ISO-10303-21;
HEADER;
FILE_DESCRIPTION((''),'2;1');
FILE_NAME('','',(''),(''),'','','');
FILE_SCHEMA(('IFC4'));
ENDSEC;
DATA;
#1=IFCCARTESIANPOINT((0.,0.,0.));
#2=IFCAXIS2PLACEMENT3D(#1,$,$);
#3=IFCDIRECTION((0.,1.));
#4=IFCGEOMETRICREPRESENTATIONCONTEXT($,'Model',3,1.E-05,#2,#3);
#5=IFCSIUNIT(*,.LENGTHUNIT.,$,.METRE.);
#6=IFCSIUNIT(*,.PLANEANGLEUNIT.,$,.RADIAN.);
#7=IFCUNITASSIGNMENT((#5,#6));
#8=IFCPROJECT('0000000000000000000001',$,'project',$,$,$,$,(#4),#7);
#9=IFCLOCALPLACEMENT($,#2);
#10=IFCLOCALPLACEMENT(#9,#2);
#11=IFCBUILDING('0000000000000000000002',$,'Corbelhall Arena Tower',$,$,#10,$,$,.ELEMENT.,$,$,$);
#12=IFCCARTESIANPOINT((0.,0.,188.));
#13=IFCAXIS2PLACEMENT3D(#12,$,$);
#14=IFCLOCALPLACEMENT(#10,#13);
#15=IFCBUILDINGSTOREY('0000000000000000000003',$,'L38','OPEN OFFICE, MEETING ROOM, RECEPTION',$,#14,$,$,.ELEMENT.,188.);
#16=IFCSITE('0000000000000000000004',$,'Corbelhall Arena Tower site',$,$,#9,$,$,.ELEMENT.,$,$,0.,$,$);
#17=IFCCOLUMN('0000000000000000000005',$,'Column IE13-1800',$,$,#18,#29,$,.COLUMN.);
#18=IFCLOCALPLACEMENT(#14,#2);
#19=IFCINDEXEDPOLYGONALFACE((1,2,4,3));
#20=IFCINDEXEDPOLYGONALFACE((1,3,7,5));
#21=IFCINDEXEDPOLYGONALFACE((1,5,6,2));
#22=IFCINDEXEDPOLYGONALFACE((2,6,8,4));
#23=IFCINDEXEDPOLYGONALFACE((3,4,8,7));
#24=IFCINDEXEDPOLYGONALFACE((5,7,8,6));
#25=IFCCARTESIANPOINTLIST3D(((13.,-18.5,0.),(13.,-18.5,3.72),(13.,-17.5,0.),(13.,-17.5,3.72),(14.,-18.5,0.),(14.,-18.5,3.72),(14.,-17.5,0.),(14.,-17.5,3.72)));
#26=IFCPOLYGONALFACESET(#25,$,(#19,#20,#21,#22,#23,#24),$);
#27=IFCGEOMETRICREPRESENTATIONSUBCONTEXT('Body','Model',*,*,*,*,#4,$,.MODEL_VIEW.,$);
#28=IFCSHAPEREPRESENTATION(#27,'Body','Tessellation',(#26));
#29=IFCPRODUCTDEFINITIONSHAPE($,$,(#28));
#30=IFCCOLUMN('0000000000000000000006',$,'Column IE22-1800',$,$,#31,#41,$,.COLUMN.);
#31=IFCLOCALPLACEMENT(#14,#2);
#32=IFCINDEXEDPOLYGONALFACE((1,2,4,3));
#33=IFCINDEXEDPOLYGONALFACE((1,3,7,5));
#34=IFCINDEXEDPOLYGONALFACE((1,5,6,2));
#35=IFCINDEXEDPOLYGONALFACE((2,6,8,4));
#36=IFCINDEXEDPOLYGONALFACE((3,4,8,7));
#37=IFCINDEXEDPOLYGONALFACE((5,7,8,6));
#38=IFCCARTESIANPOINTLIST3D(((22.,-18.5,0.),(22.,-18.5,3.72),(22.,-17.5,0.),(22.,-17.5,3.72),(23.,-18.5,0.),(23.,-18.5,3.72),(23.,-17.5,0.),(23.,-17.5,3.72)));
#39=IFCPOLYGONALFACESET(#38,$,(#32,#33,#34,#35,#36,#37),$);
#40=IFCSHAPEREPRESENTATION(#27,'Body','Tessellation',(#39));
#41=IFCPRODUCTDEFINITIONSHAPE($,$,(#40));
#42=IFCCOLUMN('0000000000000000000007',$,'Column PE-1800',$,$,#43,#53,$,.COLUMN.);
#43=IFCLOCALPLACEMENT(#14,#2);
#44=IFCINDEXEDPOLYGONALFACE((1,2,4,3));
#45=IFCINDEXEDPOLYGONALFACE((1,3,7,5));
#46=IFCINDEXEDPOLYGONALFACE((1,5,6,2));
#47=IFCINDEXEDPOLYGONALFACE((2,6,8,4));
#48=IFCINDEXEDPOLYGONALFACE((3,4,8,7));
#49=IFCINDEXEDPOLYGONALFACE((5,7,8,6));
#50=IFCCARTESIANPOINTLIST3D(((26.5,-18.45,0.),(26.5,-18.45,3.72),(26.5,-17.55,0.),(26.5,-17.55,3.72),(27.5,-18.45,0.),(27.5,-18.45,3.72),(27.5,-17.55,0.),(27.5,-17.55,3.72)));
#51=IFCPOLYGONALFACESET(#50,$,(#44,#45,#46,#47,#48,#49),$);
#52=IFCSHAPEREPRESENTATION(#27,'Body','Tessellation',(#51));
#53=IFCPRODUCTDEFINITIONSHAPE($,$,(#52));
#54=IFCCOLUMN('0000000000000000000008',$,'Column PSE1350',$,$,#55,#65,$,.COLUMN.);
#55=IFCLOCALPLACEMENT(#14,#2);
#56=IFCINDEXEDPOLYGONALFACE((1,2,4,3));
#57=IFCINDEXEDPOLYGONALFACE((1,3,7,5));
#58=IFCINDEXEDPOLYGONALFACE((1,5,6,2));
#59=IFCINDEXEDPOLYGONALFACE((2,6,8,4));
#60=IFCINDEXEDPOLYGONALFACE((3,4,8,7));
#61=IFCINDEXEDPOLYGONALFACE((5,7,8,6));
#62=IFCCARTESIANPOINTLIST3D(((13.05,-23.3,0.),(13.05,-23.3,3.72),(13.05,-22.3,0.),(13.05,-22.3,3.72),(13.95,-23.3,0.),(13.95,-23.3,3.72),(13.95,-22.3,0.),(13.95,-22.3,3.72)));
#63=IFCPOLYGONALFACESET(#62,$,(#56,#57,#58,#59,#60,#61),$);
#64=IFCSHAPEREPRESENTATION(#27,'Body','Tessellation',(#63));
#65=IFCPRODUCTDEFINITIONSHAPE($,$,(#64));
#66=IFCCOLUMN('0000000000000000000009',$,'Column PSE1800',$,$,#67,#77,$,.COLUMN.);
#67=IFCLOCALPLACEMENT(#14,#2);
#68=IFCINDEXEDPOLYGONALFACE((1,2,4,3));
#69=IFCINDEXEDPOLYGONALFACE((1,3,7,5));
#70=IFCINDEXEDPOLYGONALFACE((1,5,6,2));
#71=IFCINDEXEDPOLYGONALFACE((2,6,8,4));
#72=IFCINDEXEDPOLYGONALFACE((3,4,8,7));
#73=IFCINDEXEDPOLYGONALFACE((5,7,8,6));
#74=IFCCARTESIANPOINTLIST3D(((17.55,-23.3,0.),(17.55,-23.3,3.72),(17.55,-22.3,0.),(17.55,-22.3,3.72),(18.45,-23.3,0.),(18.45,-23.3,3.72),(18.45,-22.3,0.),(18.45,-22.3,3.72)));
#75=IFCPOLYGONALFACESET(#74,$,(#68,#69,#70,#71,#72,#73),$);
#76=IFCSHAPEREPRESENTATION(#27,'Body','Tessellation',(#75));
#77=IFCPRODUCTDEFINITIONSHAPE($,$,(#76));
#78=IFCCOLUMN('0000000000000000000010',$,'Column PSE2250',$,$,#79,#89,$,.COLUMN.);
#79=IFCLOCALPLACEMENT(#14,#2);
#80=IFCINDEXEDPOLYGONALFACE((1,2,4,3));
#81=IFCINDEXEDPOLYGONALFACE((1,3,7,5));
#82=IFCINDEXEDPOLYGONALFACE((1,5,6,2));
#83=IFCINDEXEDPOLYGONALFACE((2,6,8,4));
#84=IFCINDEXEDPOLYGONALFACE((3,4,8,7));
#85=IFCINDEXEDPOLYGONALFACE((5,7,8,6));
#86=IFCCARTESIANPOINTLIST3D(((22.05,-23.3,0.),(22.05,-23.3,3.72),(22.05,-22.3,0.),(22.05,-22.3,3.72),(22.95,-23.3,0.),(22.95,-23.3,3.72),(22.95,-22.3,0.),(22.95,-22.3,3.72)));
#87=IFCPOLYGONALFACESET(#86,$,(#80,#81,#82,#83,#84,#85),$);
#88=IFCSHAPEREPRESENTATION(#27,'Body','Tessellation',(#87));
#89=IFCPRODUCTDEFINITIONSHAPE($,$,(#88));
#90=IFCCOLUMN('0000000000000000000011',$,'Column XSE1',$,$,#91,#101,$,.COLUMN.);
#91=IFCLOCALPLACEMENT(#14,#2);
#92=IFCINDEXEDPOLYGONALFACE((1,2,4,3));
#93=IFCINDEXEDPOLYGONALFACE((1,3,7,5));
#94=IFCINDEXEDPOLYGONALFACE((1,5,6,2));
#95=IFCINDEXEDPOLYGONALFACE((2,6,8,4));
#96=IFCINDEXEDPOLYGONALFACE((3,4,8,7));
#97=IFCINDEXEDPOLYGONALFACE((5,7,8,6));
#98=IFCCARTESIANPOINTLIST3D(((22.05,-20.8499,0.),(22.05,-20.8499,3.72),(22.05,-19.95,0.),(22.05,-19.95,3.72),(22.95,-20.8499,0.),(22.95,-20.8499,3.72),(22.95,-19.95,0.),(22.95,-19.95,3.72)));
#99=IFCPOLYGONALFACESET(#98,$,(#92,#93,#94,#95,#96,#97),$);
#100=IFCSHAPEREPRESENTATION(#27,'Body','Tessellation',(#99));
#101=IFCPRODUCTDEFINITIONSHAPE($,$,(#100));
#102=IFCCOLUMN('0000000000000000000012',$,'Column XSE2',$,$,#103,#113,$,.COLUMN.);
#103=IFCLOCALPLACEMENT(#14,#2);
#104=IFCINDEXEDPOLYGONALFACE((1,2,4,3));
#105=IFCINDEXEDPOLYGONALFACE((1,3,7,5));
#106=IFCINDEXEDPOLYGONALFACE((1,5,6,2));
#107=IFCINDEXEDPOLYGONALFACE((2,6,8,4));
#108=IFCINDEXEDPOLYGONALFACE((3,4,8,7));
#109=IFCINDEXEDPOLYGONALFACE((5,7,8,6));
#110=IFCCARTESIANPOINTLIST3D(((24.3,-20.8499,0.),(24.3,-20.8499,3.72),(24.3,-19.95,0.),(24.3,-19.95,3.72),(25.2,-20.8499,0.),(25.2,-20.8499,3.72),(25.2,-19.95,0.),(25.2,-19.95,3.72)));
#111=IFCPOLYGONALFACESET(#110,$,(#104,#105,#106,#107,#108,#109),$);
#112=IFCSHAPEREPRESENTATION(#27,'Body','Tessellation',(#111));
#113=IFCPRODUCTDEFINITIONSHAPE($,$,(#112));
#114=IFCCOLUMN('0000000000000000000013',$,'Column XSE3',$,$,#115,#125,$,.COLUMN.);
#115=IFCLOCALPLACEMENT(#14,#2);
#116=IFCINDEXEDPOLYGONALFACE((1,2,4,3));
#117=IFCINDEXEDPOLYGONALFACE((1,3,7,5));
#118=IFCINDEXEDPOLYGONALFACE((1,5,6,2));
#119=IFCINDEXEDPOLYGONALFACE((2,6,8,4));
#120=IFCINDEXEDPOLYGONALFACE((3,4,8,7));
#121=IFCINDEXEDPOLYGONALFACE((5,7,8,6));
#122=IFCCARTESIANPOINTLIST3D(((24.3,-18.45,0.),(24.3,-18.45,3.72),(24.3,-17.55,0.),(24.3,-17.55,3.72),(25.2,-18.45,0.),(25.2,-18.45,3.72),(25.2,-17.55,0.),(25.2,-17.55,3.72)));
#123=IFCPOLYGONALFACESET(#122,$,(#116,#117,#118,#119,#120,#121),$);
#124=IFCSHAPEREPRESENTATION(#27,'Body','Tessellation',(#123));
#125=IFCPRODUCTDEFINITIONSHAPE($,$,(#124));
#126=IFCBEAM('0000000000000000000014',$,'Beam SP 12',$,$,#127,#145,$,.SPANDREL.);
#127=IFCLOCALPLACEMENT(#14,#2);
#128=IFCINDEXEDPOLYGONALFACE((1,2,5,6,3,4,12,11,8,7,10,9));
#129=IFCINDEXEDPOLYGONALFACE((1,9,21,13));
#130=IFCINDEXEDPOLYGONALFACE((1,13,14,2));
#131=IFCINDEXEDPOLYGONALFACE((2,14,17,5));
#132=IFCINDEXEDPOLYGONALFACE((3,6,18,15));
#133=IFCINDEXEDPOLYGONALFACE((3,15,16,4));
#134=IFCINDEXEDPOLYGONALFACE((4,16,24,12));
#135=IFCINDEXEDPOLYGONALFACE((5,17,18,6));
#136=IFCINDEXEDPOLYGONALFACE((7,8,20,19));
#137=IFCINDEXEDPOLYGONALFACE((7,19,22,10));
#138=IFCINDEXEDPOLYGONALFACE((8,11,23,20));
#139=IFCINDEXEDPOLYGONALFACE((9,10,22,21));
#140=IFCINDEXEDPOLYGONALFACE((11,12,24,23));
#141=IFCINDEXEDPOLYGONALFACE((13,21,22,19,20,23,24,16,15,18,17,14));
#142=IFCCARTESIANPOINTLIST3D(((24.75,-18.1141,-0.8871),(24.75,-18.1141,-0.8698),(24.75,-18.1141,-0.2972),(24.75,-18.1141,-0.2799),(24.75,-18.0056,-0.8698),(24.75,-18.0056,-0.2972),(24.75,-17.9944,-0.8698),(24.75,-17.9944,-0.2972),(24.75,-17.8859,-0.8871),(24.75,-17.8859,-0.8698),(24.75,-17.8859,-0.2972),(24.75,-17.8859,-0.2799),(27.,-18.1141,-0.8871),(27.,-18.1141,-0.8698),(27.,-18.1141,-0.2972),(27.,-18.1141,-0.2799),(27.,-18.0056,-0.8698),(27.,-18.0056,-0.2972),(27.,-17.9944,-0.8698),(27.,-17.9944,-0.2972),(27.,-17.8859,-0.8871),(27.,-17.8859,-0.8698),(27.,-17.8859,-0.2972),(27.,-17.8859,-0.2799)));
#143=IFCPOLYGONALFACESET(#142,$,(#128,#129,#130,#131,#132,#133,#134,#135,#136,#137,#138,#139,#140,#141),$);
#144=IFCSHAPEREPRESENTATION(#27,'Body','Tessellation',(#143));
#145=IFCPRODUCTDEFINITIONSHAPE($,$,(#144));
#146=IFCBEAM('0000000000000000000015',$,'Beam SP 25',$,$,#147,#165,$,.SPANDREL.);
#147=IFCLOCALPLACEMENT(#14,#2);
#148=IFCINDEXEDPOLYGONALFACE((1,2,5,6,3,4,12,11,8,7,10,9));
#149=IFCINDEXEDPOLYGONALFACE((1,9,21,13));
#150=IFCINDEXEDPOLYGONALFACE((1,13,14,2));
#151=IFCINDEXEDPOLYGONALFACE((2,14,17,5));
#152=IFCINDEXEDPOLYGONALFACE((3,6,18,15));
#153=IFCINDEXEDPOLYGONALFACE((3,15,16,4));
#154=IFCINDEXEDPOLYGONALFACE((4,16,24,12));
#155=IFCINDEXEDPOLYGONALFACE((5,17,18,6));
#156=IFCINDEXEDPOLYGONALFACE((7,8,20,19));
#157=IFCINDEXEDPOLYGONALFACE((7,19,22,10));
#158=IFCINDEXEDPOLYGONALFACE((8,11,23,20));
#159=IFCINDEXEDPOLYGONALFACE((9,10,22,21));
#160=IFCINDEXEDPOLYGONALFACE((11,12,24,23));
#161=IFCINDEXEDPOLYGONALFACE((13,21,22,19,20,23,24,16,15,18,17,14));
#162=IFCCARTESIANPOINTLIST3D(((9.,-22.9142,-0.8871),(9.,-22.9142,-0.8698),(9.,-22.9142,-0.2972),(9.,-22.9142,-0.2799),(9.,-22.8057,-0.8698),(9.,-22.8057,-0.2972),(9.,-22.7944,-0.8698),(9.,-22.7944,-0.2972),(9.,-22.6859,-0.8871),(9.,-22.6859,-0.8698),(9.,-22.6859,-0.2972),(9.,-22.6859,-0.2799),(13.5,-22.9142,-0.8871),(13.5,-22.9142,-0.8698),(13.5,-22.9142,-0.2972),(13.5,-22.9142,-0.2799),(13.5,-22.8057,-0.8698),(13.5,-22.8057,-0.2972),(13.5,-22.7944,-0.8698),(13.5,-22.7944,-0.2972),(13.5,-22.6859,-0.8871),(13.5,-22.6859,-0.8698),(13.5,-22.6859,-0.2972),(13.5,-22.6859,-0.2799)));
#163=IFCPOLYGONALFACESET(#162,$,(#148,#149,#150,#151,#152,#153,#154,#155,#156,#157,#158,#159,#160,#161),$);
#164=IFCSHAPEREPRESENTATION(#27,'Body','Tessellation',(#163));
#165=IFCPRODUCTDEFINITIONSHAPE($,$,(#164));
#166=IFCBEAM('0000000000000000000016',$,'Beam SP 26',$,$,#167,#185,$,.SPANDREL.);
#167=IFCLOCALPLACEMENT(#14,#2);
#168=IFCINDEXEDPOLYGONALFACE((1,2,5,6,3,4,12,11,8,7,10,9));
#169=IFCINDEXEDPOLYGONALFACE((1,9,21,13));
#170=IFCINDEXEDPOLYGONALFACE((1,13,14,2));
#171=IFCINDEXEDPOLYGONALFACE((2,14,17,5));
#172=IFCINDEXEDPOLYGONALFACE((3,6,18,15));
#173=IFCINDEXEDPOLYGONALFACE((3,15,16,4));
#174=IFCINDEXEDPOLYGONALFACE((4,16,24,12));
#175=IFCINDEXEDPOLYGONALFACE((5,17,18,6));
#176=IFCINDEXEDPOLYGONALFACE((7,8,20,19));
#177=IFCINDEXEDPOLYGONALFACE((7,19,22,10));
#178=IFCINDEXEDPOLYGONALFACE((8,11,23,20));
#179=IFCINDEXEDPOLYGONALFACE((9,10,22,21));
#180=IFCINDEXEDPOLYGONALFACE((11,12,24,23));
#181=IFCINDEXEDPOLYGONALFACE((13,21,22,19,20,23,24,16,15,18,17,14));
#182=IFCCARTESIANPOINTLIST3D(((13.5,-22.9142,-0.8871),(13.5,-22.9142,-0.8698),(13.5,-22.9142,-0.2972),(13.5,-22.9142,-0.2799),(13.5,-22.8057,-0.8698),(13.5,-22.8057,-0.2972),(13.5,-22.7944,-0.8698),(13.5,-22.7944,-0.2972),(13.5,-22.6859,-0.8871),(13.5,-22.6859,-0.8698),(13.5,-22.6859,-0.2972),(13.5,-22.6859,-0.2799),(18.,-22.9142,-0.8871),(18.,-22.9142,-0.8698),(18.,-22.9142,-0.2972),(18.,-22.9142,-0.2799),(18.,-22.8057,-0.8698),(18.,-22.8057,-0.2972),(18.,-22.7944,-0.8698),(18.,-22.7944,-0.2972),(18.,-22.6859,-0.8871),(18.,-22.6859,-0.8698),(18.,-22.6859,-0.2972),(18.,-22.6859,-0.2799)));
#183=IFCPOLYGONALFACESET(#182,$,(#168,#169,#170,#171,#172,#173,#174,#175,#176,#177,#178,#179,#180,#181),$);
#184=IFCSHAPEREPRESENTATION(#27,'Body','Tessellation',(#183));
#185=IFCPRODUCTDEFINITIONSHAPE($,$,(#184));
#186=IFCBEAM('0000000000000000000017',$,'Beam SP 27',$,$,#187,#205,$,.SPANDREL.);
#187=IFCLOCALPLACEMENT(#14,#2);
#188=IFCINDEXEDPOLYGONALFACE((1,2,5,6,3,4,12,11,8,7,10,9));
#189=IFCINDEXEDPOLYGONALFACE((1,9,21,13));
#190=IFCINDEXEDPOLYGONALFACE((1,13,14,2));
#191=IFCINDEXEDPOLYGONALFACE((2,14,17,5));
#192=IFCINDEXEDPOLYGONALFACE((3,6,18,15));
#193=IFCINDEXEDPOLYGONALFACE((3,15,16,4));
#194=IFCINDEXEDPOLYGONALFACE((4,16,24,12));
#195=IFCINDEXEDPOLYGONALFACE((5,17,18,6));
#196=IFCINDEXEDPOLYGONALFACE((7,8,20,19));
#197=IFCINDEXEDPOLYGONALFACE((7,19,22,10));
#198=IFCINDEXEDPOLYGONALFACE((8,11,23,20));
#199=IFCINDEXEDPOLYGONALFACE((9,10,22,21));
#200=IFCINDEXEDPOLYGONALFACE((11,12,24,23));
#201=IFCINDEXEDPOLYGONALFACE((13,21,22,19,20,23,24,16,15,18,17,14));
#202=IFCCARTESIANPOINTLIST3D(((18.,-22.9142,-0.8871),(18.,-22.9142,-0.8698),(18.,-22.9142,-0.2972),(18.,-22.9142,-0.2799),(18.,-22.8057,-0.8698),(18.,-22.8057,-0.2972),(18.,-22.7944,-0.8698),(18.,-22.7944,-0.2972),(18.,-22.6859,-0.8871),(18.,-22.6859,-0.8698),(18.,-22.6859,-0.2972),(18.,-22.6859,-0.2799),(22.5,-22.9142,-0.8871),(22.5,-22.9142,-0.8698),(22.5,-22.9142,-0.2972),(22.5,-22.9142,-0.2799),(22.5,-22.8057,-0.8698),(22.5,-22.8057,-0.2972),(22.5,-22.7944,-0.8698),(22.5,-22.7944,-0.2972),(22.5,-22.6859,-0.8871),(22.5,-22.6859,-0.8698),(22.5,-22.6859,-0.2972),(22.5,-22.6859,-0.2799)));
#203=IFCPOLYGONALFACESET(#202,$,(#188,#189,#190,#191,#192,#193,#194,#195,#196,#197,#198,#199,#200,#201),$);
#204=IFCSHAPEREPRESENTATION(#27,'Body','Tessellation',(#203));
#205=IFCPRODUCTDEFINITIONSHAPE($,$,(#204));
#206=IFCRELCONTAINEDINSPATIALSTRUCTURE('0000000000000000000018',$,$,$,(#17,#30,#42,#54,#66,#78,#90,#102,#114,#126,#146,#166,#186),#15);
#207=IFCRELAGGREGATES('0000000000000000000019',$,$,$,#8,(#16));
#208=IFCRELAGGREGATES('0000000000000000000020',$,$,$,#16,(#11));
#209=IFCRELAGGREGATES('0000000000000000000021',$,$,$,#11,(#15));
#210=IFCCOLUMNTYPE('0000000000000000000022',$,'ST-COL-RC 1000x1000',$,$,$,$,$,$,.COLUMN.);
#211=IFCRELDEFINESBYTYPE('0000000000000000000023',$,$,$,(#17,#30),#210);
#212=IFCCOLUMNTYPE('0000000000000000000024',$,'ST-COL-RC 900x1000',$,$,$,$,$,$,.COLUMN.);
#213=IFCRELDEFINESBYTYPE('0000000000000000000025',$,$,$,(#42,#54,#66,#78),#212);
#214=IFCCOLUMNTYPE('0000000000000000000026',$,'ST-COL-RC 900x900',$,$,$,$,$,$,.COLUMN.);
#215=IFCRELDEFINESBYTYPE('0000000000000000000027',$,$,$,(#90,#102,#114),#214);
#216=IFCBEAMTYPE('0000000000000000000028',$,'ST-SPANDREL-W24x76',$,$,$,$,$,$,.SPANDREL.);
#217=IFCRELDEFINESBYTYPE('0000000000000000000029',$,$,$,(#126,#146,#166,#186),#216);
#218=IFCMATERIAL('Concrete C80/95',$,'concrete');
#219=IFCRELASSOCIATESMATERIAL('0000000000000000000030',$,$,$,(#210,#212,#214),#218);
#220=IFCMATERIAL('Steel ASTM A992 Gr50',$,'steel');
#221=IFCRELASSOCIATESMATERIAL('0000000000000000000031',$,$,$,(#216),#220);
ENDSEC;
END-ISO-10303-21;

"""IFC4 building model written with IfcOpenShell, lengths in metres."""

from ifc_helpers import new_model, si_unit, direction, frame, origin, origin_2d, place, context, subcontext, project, spatial, rectangle, i_section, extrude, material, material_profile, profile_set, type_object, element, save


model = new_model("IFC4")

# Units and contexts
model_context = context("Model", 3, precision=1e-05, world=origin(), true_north=direction((0.0, 1.0)))
body_context = subcontext(model_context, "Body", "Model", "MODEL_VIEW")
ifc_project = project(units=[si_unit("LENGTHUNIT", "METRE"), si_unit("PLANEANGLEUNIT", "RADIAN")], contexts=[model_context])

# Site, building, storey
site_placement = place(None, origin())
site = spatial("IfcSite", under=ifc_project, at=site_placement, Name="Corbelhall Arena Tower site", CompositionType="ELEMENT", RefElevation=0.0)
building_placement = place(site_placement, origin())
building = spatial("IfcBuilding", under=site, at=building_placement, Name="Corbelhall Arena Tower", CompositionType="ELEMENT")
storey_placement = place(building_placement, frame((0.0, 0.0, 188.0)))
storey = spatial("IfcBuildingStorey", under=building, at=storey_placement, Name="L38", Description="OPEN OFFICE, MEETING ROOM, RECEPTION", CompositionType="ELEMENT", Elevation=188.0)

# Columns
ifc_material_1 = material(Name="Concrete C80/95", Category="concrete")
ifc_material_profile_1 = material_profile(ifc_material_1, rectangle(XDim=1.0, YDim=1.0, at=origin_2d()))
ifc_profile_set_1 = profile_set([ifc_material_profile_1], Name="Concrete C80/95")
column_type_1 = type_object("IfcColumnType", Name="ST-COL-RC 1000x1000", PredefinedType="COLUMN", material=ifc_profile_set_1)
for number, where, z_axis, x_axis, name in (
    (1, (13.5, -18.0, 0.0), (0.0, 0.0, 1.0), (1.0, 0.0, 0.0), "Column IE13-1800"),
    (2, (22.5, -18.0, 0.0), (0.0, 0.0, 1.0), (1.0, 0.0, 0.0), "Column IE22-1800"),
):
    element("IfcColumn", number, at=place(storey_placement, frame(where, z_axis=z_axis, x_axis=x_axis)), inside=storey, type_object=column_type_1, Name=name, PredefinedType="COLUMN", context=body_context, shape_type="SweptSolid", body=[
        extrude(rectangle(XDim=1.0, YDim=1.0, at=origin_2d()), origin(), (0.0, 0.0, 1.0), 3.72),
    ])
ifc_material_profile_2 = material_profile(ifc_material_1, rectangle(XDim=0.8999, YDim=1.0, at=origin_2d()))
ifc_profile_set_2 = profile_set([ifc_material_profile_2], Name="Concrete C80/95")
column_type_2 = type_object("IfcColumnType", Name="ST-COL-RC 900x1000", PredefinedType="COLUMN", material=ifc_profile_set_2)
for number, where, z_axis, x_axis, name in (
    (3, (27.0, -18.0, 0.0), (0.0, 0.0, 1.0), (0.0, 1.0, 0.0), "Column PE-1800"),
    (4, (13.5, -22.8, 0.0), (0.0, 0.0, 1.0), (1.0, 0.0, 0.0), "Column PSE1350"),
    (5, (18.0, -22.8, 0.0), (0.0, 0.0, 1.0), (1.0, 0.0, 0.0), "Column PSE1800"),
    (6, (22.5, -22.8, 0.0), (0.0, 0.0, 1.0), (1.0, 0.0, 0.0), "Column PSE2250"),
):
    element("IfcColumn", number, at=place(storey_placement, frame(where, z_axis=z_axis, x_axis=x_axis)), inside=storey, type_object=column_type_2, Name=name, PredefinedType="COLUMN", context=body_context, shape_type="SweptSolid", body=[
        extrude(rectangle(XDim=0.8999, YDim=1.0, at=origin_2d()), origin(), (0.0, 0.0, 1.0), 3.72),
    ])
ifc_material_profile_3 = material_profile(ifc_material_1, rectangle(XDim=0.8999, YDim=0.8999, at=origin_2d()))
ifc_profile_set_3 = profile_set([ifc_material_profile_3], Name="Concrete C80/95")
column_type_3 = type_object("IfcColumnType", Name="ST-COL-RC 900x900", PredefinedType="COLUMN", material=ifc_profile_set_3)
for number, where, z_axis, x_axis, name in (
    (7, (22.5, -20.3999, 0.0), (0.0, 0.0, 1.0), (1.0, 0.0, 0.0), "Column XSE1"),
    (8, (24.75, -20.3999, 0.0), (0.0, 0.0, 1.0), (1.0, 0.0, 0.0), "Column XSE2"),
    (9, (24.75, -18.0, 0.0), (0.0, 0.0, 1.0), (1.0, 0.0, 0.0), "Column XSE3"),
):
    element("IfcColumn", number, at=place(storey_placement, frame(where, z_axis=z_axis, x_axis=x_axis)), inside=storey, type_object=column_type_3, Name=name, PredefinedType="COLUMN", context=body_context, shape_type="SweptSolid", body=[
        extrude(rectangle(XDim=0.8999, YDim=0.8999, at=origin_2d()), origin(), (0.0, 0.0, 1.0), 3.72),
    ])

# Beams
ifc_material_2 = material(Name="Steel ASTM A992 Gr50", Category="steel")
ifc_material_profile_4 = material_profile(ifc_material_2, i_section(OverallWidth=0.2283, OverallDepth=0.6072, WebThickness=0.0112, FlangeThickness=0.0173, at=origin_2d()))
ifc_profile_set_4 = profile_set([ifc_material_profile_4], Name="Steel ASTM A992 Gr50")
beam_type = type_object("IfcBeamType", Name="ST-SPANDREL-W24x76", PredefinedType="SPANDREL", material=ifc_profile_set_4)
beam_1_placement = place(storey_placement, frame((27.0, -18.0, -0.5835), z_axis=(-1.0, 0.0, 0.0), x_axis=(0.0, -1.0, 0.0)))
element("IfcBeam", 10, at=beam_1_placement, inside=storey, type_object=beam_type, Name="Beam SP 12", PredefinedType="SPANDREL", context=body_context, shape_type="SweptSolid", body=[
    extrude(i_section(OverallWidth=0.2283, OverallDepth=0.6072, WebThickness=0.0112, FlangeThickness=0.0173, at=origin_2d()), origin(), (0.0, 0.0, 1.0), 2.25),
])
for number, where, z_axis, x_axis, name in (
    (11, (13.5, -22.8, -0.5835), (-1.0, 0.0, 0.0), (0.0, -1.0, 0.0), "Beam SP 25"),
    (12, (18.0, -22.8, -0.5835), (-1.0, 0.0, 0.0), (0.0, -1.0, 0.0), "Beam SP 26"),
    (13, (22.5, -22.8, -0.5835), (-1.0, 0.0, 0.0), (0.0, -1.0, 0.0), "Beam SP 27"),
):
    element("IfcBeam", number, at=place(storey_placement, frame(where, z_axis=z_axis, x_axis=x_axis)), inside=storey, type_object=beam_type, Name=name, PredefinedType="SPANDREL", context=body_context, shape_type="SweptSolid", body=[
        extrude(i_section(OverallWidth=0.2283, OverallDepth=0.6072, WebThickness=0.0112, FlangeThickness=0.0173, at=origin_2d()), origin(), (0.0, 0.0, 1.0), 4.5),
    ])

save(model, "model.ifc")
